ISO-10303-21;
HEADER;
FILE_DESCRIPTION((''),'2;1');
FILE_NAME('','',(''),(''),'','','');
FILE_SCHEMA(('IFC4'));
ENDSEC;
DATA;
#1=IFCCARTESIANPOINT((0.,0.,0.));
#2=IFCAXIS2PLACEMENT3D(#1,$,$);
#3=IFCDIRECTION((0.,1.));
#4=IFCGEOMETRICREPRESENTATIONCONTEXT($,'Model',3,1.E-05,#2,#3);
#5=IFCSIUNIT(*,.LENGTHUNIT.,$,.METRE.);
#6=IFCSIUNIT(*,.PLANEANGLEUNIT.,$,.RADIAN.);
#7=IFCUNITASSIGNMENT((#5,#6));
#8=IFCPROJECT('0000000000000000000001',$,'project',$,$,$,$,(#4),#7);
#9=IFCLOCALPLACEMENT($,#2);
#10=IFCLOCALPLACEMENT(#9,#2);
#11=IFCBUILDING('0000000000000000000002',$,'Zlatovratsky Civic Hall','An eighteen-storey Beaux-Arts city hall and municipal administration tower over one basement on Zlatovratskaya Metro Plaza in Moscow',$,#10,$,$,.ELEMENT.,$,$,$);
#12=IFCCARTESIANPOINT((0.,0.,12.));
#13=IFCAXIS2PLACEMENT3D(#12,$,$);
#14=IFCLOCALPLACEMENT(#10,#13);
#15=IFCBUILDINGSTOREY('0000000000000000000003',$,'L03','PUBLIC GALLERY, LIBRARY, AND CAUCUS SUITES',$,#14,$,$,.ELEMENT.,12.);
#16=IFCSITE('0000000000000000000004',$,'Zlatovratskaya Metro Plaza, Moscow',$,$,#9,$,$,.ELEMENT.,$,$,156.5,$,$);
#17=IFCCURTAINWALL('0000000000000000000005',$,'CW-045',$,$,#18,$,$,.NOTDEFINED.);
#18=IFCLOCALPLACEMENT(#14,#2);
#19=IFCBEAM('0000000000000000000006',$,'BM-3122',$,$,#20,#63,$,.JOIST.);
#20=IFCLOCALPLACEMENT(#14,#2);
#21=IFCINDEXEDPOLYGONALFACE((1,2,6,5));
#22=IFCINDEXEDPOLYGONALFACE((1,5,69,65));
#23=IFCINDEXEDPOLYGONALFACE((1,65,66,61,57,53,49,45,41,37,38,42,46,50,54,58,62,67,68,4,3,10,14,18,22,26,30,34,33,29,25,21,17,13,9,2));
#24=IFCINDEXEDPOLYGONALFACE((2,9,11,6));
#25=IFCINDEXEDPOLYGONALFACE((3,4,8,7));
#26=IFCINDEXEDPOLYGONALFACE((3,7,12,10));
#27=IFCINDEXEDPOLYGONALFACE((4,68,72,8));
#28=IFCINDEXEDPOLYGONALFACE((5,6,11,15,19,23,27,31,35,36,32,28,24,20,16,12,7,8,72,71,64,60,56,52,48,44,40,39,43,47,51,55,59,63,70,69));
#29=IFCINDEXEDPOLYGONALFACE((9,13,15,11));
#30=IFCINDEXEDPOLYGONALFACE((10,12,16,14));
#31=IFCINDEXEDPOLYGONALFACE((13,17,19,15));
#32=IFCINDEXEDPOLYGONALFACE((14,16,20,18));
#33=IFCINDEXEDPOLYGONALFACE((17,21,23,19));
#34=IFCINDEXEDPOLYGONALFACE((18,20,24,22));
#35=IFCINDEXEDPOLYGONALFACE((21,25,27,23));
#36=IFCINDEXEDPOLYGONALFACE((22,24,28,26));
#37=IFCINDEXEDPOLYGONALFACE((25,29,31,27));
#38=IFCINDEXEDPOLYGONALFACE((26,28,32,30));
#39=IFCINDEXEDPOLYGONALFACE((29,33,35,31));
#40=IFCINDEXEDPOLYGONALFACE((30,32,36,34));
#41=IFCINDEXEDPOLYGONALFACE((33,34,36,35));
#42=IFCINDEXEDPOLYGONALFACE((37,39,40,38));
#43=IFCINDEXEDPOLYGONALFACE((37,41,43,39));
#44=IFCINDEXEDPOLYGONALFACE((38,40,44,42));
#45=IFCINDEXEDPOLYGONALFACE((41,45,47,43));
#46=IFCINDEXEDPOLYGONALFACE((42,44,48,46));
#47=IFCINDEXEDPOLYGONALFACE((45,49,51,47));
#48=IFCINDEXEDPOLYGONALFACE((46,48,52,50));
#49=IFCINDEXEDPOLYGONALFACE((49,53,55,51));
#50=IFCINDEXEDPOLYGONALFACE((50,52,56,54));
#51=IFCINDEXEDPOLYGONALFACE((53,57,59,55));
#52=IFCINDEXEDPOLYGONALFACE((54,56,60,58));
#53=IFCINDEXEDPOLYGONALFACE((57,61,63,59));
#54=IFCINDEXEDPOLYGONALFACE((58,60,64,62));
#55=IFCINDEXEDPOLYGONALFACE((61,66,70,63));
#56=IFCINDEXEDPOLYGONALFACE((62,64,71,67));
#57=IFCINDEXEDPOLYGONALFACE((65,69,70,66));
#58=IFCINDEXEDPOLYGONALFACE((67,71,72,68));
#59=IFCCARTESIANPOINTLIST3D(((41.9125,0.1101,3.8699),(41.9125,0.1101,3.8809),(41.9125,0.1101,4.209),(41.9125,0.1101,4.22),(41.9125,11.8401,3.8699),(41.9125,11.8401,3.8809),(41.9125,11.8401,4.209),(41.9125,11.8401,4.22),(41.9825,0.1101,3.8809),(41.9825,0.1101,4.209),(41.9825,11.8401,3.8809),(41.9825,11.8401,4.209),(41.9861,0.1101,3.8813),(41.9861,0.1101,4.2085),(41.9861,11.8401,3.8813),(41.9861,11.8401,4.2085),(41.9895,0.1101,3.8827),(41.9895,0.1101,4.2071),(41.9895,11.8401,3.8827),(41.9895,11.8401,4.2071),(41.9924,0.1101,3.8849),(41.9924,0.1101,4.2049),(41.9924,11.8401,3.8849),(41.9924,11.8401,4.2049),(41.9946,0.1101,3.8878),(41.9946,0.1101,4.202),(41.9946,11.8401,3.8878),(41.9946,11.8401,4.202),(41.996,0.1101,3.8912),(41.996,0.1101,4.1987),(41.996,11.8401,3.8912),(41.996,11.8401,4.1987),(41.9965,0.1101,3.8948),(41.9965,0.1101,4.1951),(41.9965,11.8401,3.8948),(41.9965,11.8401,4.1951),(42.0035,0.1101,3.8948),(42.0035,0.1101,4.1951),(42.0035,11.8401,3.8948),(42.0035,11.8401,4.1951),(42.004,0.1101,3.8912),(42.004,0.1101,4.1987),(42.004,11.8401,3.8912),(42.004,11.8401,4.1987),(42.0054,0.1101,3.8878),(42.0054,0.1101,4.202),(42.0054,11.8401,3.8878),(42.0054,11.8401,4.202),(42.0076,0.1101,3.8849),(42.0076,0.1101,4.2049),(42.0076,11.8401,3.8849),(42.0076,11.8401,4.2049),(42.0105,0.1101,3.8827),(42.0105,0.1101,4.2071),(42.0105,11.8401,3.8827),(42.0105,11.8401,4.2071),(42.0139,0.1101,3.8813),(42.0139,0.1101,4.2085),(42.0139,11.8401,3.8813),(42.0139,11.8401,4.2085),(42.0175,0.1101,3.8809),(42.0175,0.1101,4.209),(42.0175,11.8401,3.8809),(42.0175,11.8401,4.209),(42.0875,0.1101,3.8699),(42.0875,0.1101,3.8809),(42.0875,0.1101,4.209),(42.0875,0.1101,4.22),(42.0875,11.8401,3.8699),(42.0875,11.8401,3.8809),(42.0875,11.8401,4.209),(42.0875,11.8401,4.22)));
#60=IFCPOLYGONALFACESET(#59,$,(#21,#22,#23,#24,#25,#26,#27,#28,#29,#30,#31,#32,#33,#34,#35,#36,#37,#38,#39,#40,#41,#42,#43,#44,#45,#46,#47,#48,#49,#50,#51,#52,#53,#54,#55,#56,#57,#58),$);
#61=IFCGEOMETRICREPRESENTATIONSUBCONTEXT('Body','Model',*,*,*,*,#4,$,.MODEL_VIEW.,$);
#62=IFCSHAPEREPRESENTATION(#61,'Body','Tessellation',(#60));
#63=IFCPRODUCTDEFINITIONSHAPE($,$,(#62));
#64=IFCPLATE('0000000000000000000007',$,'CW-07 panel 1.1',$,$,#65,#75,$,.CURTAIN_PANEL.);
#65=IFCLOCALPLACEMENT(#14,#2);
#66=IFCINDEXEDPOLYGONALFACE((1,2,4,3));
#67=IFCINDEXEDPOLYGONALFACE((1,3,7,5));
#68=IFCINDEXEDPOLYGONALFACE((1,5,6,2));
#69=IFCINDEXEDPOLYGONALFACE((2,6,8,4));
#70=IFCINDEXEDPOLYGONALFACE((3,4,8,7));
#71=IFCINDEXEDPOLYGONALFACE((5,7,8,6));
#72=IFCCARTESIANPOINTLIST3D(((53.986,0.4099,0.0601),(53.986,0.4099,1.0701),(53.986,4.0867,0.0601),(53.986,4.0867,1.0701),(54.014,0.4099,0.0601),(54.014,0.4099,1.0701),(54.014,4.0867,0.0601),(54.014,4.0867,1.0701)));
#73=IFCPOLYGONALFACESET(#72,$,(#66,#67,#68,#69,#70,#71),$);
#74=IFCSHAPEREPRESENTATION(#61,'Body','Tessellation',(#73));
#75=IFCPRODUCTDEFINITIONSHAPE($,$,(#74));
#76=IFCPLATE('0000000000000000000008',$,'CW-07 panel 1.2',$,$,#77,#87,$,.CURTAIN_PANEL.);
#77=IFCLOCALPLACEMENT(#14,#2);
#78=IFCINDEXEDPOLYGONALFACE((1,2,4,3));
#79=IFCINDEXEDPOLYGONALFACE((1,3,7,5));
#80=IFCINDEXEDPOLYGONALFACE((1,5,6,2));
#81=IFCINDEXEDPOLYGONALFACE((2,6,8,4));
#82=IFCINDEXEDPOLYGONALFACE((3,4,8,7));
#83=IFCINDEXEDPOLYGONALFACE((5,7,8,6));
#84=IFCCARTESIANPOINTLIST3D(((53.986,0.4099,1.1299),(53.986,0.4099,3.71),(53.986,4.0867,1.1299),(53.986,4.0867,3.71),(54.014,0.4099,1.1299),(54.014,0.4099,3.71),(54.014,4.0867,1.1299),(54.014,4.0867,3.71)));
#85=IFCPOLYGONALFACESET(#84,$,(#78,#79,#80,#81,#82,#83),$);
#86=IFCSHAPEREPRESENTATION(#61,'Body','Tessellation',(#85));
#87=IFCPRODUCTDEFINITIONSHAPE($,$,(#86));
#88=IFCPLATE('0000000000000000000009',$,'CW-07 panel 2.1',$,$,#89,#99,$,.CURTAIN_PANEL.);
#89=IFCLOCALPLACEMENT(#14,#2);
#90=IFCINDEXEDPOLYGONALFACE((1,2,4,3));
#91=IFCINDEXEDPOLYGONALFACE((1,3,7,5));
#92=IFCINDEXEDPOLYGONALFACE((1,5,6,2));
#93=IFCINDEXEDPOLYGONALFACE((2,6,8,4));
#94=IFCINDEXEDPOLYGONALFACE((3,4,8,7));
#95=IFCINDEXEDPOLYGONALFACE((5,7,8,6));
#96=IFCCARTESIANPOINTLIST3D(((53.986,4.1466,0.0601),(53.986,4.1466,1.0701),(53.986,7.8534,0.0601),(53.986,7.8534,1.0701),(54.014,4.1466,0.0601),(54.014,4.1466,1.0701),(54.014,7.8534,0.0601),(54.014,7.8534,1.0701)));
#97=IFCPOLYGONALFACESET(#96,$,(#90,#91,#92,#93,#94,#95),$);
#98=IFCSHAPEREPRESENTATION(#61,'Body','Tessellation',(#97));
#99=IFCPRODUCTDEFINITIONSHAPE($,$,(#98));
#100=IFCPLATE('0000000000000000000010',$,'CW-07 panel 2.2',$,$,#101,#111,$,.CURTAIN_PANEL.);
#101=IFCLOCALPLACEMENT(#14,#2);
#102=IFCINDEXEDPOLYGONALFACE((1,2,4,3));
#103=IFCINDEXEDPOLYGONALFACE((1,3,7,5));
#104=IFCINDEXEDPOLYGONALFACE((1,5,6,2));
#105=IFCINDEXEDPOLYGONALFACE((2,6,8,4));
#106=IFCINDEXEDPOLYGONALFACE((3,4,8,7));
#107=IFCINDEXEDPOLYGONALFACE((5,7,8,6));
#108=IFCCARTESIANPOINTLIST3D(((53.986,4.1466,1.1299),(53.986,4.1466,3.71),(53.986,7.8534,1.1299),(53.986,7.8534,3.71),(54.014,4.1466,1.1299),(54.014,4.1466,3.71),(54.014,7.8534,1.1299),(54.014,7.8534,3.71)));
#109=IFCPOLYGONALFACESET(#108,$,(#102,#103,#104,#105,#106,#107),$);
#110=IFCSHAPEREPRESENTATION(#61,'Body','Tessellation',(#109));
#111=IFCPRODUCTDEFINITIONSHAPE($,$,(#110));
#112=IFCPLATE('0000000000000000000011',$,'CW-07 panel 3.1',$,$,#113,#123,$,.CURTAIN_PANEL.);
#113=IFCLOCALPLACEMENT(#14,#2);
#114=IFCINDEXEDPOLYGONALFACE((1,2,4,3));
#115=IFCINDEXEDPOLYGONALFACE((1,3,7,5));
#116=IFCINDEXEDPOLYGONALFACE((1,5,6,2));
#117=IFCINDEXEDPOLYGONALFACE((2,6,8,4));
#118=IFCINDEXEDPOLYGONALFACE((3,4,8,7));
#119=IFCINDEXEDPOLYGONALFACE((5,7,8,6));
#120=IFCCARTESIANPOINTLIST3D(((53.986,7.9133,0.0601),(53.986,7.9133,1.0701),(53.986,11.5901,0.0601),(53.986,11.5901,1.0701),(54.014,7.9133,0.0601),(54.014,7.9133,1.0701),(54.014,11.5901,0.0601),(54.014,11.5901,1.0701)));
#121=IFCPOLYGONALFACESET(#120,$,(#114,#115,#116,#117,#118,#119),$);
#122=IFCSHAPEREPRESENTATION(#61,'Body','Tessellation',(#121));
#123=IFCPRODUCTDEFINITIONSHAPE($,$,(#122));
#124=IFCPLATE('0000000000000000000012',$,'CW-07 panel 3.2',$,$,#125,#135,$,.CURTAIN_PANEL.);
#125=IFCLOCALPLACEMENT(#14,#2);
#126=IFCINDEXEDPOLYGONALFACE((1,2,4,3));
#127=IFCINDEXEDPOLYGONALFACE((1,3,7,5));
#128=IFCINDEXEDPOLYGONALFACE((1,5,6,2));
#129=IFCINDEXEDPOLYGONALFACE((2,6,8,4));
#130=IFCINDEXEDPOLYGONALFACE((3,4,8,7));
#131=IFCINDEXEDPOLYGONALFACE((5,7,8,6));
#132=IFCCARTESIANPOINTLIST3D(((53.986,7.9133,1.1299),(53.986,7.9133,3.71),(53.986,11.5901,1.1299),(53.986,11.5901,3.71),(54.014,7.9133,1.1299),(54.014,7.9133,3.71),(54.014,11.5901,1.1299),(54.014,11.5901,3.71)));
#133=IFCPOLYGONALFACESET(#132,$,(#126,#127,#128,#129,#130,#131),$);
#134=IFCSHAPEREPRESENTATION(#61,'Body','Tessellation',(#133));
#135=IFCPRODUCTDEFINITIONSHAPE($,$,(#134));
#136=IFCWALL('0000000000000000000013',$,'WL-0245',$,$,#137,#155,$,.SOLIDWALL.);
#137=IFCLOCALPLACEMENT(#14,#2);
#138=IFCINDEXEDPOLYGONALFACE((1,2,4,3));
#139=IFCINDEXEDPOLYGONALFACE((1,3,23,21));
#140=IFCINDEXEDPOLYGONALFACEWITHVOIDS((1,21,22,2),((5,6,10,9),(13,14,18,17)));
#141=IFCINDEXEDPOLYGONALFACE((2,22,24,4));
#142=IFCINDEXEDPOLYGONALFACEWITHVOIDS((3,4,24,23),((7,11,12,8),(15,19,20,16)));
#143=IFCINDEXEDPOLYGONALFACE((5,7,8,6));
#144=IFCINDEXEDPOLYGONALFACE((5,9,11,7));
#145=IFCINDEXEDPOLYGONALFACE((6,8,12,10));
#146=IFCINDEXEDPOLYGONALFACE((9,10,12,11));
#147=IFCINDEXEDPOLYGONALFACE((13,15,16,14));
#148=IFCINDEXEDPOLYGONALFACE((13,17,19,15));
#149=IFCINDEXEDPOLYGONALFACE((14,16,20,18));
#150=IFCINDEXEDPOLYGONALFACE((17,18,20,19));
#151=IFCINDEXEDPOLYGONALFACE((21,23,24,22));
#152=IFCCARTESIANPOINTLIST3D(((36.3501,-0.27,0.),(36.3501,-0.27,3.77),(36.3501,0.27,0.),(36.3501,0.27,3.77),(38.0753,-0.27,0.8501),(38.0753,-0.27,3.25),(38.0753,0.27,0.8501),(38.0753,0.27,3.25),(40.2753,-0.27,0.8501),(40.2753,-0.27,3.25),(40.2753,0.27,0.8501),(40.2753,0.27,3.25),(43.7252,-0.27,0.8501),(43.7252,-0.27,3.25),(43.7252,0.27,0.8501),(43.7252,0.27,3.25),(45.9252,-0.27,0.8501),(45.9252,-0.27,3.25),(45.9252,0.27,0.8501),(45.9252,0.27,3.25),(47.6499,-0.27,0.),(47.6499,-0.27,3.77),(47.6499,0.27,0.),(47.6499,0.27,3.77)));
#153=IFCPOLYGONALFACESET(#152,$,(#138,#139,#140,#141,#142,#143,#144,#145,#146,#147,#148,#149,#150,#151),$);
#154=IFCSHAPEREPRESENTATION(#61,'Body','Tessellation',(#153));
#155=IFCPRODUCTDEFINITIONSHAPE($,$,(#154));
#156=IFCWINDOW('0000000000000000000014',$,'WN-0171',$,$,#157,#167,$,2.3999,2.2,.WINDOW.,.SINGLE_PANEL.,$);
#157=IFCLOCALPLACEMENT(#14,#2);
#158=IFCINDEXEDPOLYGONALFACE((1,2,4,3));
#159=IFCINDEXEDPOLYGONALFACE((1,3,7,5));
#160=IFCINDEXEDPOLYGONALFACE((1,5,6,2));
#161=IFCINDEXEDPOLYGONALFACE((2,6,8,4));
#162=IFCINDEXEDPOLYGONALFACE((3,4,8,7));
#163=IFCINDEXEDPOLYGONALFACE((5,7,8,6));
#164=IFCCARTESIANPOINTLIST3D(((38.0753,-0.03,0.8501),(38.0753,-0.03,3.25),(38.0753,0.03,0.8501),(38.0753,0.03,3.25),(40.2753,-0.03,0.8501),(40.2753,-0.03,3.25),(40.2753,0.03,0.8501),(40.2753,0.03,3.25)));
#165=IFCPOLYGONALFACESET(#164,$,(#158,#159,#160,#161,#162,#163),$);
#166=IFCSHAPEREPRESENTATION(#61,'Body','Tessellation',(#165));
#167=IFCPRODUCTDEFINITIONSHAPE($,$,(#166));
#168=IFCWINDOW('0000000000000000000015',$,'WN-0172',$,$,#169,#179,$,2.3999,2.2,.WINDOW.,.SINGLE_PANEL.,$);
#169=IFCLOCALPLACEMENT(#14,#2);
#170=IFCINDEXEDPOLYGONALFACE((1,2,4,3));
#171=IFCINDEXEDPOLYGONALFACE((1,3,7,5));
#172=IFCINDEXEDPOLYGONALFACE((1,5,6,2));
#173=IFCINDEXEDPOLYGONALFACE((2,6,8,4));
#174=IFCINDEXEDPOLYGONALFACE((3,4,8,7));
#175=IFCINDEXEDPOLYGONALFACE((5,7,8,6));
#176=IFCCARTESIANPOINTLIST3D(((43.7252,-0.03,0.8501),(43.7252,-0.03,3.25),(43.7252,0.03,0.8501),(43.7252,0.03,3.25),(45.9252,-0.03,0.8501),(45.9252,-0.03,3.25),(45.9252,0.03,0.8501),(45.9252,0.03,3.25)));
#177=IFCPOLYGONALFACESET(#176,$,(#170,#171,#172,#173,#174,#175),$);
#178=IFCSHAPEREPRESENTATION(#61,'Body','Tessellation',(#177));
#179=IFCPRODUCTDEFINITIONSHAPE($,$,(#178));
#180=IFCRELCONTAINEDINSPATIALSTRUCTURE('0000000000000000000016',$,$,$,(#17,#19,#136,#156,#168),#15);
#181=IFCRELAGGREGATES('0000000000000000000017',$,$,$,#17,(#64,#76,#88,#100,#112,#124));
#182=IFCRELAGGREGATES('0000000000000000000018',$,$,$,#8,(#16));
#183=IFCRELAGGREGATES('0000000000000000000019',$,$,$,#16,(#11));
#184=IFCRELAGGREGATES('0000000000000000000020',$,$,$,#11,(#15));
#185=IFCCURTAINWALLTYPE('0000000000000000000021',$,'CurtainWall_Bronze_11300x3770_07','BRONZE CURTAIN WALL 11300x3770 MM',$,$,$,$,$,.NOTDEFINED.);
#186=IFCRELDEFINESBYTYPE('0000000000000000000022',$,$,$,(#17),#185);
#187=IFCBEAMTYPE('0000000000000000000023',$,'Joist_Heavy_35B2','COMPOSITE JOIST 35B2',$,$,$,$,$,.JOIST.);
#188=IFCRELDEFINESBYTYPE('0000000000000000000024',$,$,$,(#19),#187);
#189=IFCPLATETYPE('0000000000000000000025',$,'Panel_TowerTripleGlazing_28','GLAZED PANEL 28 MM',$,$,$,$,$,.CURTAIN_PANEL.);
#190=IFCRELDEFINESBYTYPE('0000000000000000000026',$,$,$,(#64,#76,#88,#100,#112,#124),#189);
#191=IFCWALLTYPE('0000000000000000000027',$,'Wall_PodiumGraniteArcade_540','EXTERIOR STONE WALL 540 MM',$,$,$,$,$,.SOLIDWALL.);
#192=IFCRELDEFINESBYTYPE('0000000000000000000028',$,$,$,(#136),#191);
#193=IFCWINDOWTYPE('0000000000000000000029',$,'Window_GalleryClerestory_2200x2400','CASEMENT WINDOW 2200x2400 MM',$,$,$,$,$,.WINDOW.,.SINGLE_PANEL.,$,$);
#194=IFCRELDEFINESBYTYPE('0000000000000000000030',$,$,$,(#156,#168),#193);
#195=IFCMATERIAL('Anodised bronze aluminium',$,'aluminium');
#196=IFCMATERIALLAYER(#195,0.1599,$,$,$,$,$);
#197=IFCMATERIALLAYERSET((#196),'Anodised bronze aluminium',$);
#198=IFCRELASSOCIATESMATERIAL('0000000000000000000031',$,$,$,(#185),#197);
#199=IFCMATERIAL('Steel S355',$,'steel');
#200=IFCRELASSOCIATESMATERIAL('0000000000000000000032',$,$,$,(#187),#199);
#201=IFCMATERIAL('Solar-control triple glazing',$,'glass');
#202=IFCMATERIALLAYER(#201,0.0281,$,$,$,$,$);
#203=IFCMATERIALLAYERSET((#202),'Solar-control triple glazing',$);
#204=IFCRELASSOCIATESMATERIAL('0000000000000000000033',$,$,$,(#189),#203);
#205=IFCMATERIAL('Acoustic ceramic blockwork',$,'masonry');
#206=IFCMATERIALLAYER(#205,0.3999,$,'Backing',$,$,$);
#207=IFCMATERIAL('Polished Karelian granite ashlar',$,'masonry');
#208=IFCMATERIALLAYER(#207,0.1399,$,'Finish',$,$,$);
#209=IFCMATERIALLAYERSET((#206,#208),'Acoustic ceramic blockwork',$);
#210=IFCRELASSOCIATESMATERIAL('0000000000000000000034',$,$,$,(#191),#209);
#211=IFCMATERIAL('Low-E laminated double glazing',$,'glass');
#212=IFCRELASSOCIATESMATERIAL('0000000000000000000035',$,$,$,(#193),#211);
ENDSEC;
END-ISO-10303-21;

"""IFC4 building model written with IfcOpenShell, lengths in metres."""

from ifc_helpers import new_model, si_unit, direction, frame, frame_2d, origin, origin_2d, place, context, subcontext, project, spatial, rectangle, i_section, extrude, material, layer, layer_set, material_profile, profile_set, type_object, element, fill, aggregate, save


model = new_model("IFC4")

# Units and contexts
model_context = context("Model", 3, precision=1e-05, world=origin(), true_north=direction((0.0, 1.0)))
body_context = subcontext(model_context, "Body", "Model", "MODEL_VIEW")
ifc_project = project(units=[si_unit("LENGTHUNIT", "METRE"), si_unit("PLANEANGLEUNIT", "RADIAN")], contexts=[model_context])

# Site, building, storey
site_placement = place(None, origin())
site = spatial("IfcSite", under=ifc_project, at=site_placement, Name="Zlatovratskaya Metro Plaza, Moscow", CompositionType="ELEMENT", RefElevation=156.5)
building_placement = place(site_placement, origin())
building = spatial("IfcBuilding", under=site, at=building_placement, Name="Zlatovratsky Civic Hall", Description="An eighteen-storey Beaux-Arts city hall and municipal administration tower over one basement on Zlatovratskaya Metro Plaza in Moscow", CompositionType="ELEMENT")
storey_placement = place(building_placement, frame((0.0, 0.0, 12.0)))
storey = spatial("IfcBuildingStorey", under=building, at=storey_placement, Name="L03", Description="PUBLIC GALLERY, LIBRARY, AND CAUCUS SUITES", CompositionType="ELEMENT", Elevation=12.0)

# Shared definitions
ifc_material_1 = material(Name="Steel S355", Category="steel")

# Curtain wall
ifc_material_2 = material(Name="Anodised bronze aluminium", Category="aluminium")
ifc_layer_1 = layer(ifc_material_2, 0.1599)
ifc_layer_set_1 = layer_set([ifc_layer_1], Name="Anodised bronze aluminium")
curtain_wall_type = type_object("IfcCurtainWallType", Name="CurtainWall_Bronze_11300x3770_07", Description="BRONZE CURTAIN WALL 11300x3770 MM", PredefinedType="NOTDEFINED", material=ifc_layer_set_1)
curtain_wall_placement = place(storey_placement, origin())
curtain_wall = element("IfcCurtainWall", 1, at=curtain_wall_placement, inside=storey, type_object=curtain_wall_type, Name="CW-045", PredefinedType="NOTDEFINED")

# Beam
ifc_material_profile_1 = material_profile(ifc_material_1, i_section(OverallWidth=0.175, OverallDepth=0.3501, WebThickness=0.0071, FlangeThickness=0.011, FilletRadius=0.0139, at=origin_2d()), Name="35B2")
ifc_profile_set_1 = profile_set([ifc_material_profile_1], Name="Steel S355")
beam_type_1 = type_object("IfcBeamType", Name="Joist_Heavy_35B2", Description="COMPOSITE JOIST 35B2", PredefinedType="JOIST", material=ifc_profile_set_1)
beam_1_placement = place(storey_placement, frame((42.0, 0.1101, 4.0449), z_axis=(0.0, 1.0, 0.0), x_axis=(-1.0, 0.0, 0.0)))
element("IfcBeam", 2, at=beam_1_placement, inside=storey, type_object=beam_type_1, Name="BM-3122", PredefinedType="JOIST", context=body_context, shape_type="SweptSolid", body=[
    extrude(i_section(OverallWidth=0.175, OverallDepth=0.3501, WebThickness=0.0071, FlangeThickness=0.011, FilletRadius=0.0139, at=origin_2d()), origin(), (0.0, 0.0, 1.0), 11.73),
])

# Plates
ifc_material_3 = material(Name="Solar-control triple glazing", Category="glass")
ifc_layer_2 = layer(ifc_material_3, 0.0281)
ifc_layer_set_2 = layer_set([ifc_layer_2], Name="Solar-control triple glazing")
plate_type = type_object("IfcPlateType", Name="Panel_TowerTripleGlazing_28", Description="GLAZED PANEL 28 MM", PredefinedType="CURTAIN_PANEL", material=ifc_layer_set_2)
plate_1_placement = place(storey_placement, frame((54.0, 2.2483, 0.0601), z_axis=(0.0, 0.0, 1.0), x_axis=(0.0, 1.0, 0.0)))
plate_1 = element("IfcPlate", 3, at=plate_1_placement, type_object=plate_type, Name="CW-07 panel 1.1", PredefinedType="CURTAIN_PANEL", context=body_context, shape_type="SweptSolid", body=[
    extrude(rectangle(XDim=3.6768, YDim=0.0281, at=origin_2d()), origin(), (0.0, 0.0, 1.0), 1.01),
])
plate_2_placement = place(storey_placement, frame((54.0, 2.2483, 1.1299), z_axis=(0.0, 0.0, 1.0), x_axis=(0.0, 1.0, 0.0)))
plate_2 = element("IfcPlate", 4, at=plate_2_placement, type_object=plate_type, Name="CW-07 panel 1.2", PredefinedType="CURTAIN_PANEL", context=body_context, shape_type="SweptSolid", body=[
    extrude(rectangle(XDim=3.6768, YDim=0.0281, at=origin_2d()), origin(), (0.0, 0.0, 1.0), 2.5801),
])
plate_3_placement = place(storey_placement, frame((54.0, 6.0, 0.0601), z_axis=(0.0, 0.0, 1.0), x_axis=(0.0, 1.0, 0.0)))
plate_3 = element("IfcPlate", 5, at=plate_3_placement, type_object=plate_type, Name="CW-07 panel 2.1", PredefinedType="CURTAIN_PANEL", context=body_context, shape_type="SweptSolid", body=[
    extrude(rectangle(XDim=3.7068, YDim=0.0281, at=origin_2d()), origin(), (0.0, 0.0, 1.0), 1.01),
])
plate_4_placement = place(storey_placement, frame((54.0, 6.0, 1.1299), z_axis=(0.0, 0.0, 1.0), x_axis=(0.0, 1.0, 0.0)))
plate_4 = element("IfcPlate", 6, at=plate_4_placement, type_object=plate_type, Name="CW-07 panel 2.2", PredefinedType="CURTAIN_PANEL", context=body_context, shape_type="SweptSolid", body=[
    extrude(rectangle(XDim=3.7068, YDim=0.0281, at=origin_2d()), origin(), (0.0, 0.0, 1.0), 2.5801),
])
plate_5_placement = place(storey_placement, frame((54.0, 9.7517, 0.0601), z_axis=(0.0, 0.0, 1.0), x_axis=(0.0, 1.0, 0.0)))
plate_5 = element("IfcPlate", 7, at=plate_5_placement, type_object=plate_type, Name="CW-07 panel 3.1", PredefinedType="CURTAIN_PANEL", context=body_context, shape_type="SweptSolid", body=[
    extrude(rectangle(XDim=3.6768, YDim=0.0281, at=origin_2d()), origin(), (0.0, 0.0, 1.0), 1.01),
])
plate_6_placement = place(storey_placement, frame((54.0, 9.7517, 1.1299), z_axis=(0.0, 0.0, 1.0), x_axis=(0.0, 1.0, 0.0)))
plate_6 = element("IfcPlate", 8, at=plate_6_placement, type_object=plate_type, Name="CW-07 panel 3.2", PredefinedType="CURTAIN_PANEL", context=body_context, shape_type="SweptSolid", body=[
    extrude(rectangle(XDim=3.6768, YDim=0.0281, at=origin_2d()), origin(), (0.0, 0.0, 1.0), 2.5801),
])
aggregate(curtain_wall, [plate_1, plate_2, plate_3, plate_4, plate_5, plate_6])

# Wall, openings, windows
ifc_material_4 = material(Name="Acoustic ceramic blockwork", Category="masonry")
ifc_layer_3 = layer(ifc_material_4, 0.3999, Name="Backing")
ifc_material_5 = material(Name="Polished Karelian granite ashlar", Category="masonry")
ifc_layer_4 = layer(ifc_material_5, 0.1399, Name="Finish")
ifc_layer_set_3 = layer_set([ifc_layer_3, ifc_layer_4], Name="Acoustic ceramic blockwork")
wall_type = type_object("IfcWallType", Name="Wall_PodiumGraniteArcade_540", Description="EXTERIOR STONE WALL 540 MM", PredefinedType="SOLIDWALL", material=ifc_layer_set_3)
wall_1_placement = place(storey_placement, frame((36.3501, 0.0, 0.0), z_axis=(0.0, 0.0, 1.0), x_axis=(1.0, 0.0, 0.0)))
wall_1 = element("IfcWall", 9, at=wall_1_placement, inside=storey, type_object=wall_type, Name="WL-0245", PredefinedType="SOLIDWALL", context=body_context, shape_type="SweptSolid", body=[
    extrude(rectangle(XDim=11.2998, YDim=0.54, at=frame_2d((5.6499, 0.0))), origin(), (0.0, 0.0, 1.0), 3.77),
])
opening_1_placement = place(wall_1_placement, frame((1.7251, 0.0, 0.8501)))
opening_1 = element("IfcOpeningElement", 10, at=opening_1_placement, cuts=wall_1, PredefinedType="OPENING", context=body_context, shape_type="SweptSolid", body=[
    extrude(rectangle(XDim=2.2, YDim=2.3999, at=frame_2d((1.1001, 1.2))), frame((0.0, 0.2849, 0.0), z_axis=(0.0, -1.0, 0.0), x_axis=(1.0, 0.0, 0.0)), (0.0, 0.0, 1.0), 0.5698),
])
opening_2_placement = place(wall_1_placement, frame((7.375, 0.0, 0.8501)))
opening_2 = element("IfcOpeningElement", 11, at=opening_2_placement, cuts=wall_1, PredefinedType="OPENING", context=body_context, shape_type="SweptSolid", body=[
    extrude(rectangle(XDim=2.2, YDim=2.3999, at=frame_2d((1.1001, 1.2))), frame((0.0, 0.2849, 0.0), z_axis=(0.0, -1.0, 0.0), x_axis=(1.0, 0.0, 0.0)), (0.0, 0.0, 1.0), 0.5698),
])
ifc_material_6 = material(Name="Low-E laminated double glazing", Category="glass")
window_type = type_object("IfcWindowType", Name="Window_GalleryClerestory_2200x2400", Description="CASEMENT WINDOW 2200x2400 MM", PartitioningType="SINGLE_PANEL", PredefinedType="WINDOW", material=ifc_material_6)
window_1_placement = place(opening_1_placement, origin())
window_1 = element("IfcWindow", 12, at=window_1_placement, inside=storey, type_object=window_type, Name="WN-0171", OverallHeight=2.3999, OverallWidth=2.2, PartitioningType="SINGLE_PANEL", PredefinedType="WINDOW", context=body_context, shape_type="SweptSolid", body=[
    extrude(rectangle(XDim=2.2, YDim=2.3999, at=frame_2d((1.1001, 1.2))), frame((0.0, 0.03, 0.0), z_axis=(0.0, -1.0, 0.0), x_axis=(1.0, 0.0, 0.0)), (0.0, 0.0, 1.0), 0.0601),
])
fill(opening_1, window_1)
window_2_placement = place(opening_2_placement, origin())
window_2 = element("IfcWindow", 13, at=window_2_placement, inside=storey, type_object=window_type, Name="WN-0172", OverallHeight=2.3999, OverallWidth=2.2, PartitioningType="SINGLE_PANEL", PredefinedType="WINDOW", context=body_context, shape_type="SweptSolid", body=[
    extrude(rectangle(XDim=2.2, YDim=2.3999, at=frame_2d((1.1001, 1.2))), frame((0.0, 0.03, 0.0), z_axis=(0.0, -1.0, 0.0), x_axis=(1.0, 0.0, 0.0)), (0.0, 0.0, 1.0), 0.0601),
])
fill(opening_2, window_2)

save(model, "model.ifc")
